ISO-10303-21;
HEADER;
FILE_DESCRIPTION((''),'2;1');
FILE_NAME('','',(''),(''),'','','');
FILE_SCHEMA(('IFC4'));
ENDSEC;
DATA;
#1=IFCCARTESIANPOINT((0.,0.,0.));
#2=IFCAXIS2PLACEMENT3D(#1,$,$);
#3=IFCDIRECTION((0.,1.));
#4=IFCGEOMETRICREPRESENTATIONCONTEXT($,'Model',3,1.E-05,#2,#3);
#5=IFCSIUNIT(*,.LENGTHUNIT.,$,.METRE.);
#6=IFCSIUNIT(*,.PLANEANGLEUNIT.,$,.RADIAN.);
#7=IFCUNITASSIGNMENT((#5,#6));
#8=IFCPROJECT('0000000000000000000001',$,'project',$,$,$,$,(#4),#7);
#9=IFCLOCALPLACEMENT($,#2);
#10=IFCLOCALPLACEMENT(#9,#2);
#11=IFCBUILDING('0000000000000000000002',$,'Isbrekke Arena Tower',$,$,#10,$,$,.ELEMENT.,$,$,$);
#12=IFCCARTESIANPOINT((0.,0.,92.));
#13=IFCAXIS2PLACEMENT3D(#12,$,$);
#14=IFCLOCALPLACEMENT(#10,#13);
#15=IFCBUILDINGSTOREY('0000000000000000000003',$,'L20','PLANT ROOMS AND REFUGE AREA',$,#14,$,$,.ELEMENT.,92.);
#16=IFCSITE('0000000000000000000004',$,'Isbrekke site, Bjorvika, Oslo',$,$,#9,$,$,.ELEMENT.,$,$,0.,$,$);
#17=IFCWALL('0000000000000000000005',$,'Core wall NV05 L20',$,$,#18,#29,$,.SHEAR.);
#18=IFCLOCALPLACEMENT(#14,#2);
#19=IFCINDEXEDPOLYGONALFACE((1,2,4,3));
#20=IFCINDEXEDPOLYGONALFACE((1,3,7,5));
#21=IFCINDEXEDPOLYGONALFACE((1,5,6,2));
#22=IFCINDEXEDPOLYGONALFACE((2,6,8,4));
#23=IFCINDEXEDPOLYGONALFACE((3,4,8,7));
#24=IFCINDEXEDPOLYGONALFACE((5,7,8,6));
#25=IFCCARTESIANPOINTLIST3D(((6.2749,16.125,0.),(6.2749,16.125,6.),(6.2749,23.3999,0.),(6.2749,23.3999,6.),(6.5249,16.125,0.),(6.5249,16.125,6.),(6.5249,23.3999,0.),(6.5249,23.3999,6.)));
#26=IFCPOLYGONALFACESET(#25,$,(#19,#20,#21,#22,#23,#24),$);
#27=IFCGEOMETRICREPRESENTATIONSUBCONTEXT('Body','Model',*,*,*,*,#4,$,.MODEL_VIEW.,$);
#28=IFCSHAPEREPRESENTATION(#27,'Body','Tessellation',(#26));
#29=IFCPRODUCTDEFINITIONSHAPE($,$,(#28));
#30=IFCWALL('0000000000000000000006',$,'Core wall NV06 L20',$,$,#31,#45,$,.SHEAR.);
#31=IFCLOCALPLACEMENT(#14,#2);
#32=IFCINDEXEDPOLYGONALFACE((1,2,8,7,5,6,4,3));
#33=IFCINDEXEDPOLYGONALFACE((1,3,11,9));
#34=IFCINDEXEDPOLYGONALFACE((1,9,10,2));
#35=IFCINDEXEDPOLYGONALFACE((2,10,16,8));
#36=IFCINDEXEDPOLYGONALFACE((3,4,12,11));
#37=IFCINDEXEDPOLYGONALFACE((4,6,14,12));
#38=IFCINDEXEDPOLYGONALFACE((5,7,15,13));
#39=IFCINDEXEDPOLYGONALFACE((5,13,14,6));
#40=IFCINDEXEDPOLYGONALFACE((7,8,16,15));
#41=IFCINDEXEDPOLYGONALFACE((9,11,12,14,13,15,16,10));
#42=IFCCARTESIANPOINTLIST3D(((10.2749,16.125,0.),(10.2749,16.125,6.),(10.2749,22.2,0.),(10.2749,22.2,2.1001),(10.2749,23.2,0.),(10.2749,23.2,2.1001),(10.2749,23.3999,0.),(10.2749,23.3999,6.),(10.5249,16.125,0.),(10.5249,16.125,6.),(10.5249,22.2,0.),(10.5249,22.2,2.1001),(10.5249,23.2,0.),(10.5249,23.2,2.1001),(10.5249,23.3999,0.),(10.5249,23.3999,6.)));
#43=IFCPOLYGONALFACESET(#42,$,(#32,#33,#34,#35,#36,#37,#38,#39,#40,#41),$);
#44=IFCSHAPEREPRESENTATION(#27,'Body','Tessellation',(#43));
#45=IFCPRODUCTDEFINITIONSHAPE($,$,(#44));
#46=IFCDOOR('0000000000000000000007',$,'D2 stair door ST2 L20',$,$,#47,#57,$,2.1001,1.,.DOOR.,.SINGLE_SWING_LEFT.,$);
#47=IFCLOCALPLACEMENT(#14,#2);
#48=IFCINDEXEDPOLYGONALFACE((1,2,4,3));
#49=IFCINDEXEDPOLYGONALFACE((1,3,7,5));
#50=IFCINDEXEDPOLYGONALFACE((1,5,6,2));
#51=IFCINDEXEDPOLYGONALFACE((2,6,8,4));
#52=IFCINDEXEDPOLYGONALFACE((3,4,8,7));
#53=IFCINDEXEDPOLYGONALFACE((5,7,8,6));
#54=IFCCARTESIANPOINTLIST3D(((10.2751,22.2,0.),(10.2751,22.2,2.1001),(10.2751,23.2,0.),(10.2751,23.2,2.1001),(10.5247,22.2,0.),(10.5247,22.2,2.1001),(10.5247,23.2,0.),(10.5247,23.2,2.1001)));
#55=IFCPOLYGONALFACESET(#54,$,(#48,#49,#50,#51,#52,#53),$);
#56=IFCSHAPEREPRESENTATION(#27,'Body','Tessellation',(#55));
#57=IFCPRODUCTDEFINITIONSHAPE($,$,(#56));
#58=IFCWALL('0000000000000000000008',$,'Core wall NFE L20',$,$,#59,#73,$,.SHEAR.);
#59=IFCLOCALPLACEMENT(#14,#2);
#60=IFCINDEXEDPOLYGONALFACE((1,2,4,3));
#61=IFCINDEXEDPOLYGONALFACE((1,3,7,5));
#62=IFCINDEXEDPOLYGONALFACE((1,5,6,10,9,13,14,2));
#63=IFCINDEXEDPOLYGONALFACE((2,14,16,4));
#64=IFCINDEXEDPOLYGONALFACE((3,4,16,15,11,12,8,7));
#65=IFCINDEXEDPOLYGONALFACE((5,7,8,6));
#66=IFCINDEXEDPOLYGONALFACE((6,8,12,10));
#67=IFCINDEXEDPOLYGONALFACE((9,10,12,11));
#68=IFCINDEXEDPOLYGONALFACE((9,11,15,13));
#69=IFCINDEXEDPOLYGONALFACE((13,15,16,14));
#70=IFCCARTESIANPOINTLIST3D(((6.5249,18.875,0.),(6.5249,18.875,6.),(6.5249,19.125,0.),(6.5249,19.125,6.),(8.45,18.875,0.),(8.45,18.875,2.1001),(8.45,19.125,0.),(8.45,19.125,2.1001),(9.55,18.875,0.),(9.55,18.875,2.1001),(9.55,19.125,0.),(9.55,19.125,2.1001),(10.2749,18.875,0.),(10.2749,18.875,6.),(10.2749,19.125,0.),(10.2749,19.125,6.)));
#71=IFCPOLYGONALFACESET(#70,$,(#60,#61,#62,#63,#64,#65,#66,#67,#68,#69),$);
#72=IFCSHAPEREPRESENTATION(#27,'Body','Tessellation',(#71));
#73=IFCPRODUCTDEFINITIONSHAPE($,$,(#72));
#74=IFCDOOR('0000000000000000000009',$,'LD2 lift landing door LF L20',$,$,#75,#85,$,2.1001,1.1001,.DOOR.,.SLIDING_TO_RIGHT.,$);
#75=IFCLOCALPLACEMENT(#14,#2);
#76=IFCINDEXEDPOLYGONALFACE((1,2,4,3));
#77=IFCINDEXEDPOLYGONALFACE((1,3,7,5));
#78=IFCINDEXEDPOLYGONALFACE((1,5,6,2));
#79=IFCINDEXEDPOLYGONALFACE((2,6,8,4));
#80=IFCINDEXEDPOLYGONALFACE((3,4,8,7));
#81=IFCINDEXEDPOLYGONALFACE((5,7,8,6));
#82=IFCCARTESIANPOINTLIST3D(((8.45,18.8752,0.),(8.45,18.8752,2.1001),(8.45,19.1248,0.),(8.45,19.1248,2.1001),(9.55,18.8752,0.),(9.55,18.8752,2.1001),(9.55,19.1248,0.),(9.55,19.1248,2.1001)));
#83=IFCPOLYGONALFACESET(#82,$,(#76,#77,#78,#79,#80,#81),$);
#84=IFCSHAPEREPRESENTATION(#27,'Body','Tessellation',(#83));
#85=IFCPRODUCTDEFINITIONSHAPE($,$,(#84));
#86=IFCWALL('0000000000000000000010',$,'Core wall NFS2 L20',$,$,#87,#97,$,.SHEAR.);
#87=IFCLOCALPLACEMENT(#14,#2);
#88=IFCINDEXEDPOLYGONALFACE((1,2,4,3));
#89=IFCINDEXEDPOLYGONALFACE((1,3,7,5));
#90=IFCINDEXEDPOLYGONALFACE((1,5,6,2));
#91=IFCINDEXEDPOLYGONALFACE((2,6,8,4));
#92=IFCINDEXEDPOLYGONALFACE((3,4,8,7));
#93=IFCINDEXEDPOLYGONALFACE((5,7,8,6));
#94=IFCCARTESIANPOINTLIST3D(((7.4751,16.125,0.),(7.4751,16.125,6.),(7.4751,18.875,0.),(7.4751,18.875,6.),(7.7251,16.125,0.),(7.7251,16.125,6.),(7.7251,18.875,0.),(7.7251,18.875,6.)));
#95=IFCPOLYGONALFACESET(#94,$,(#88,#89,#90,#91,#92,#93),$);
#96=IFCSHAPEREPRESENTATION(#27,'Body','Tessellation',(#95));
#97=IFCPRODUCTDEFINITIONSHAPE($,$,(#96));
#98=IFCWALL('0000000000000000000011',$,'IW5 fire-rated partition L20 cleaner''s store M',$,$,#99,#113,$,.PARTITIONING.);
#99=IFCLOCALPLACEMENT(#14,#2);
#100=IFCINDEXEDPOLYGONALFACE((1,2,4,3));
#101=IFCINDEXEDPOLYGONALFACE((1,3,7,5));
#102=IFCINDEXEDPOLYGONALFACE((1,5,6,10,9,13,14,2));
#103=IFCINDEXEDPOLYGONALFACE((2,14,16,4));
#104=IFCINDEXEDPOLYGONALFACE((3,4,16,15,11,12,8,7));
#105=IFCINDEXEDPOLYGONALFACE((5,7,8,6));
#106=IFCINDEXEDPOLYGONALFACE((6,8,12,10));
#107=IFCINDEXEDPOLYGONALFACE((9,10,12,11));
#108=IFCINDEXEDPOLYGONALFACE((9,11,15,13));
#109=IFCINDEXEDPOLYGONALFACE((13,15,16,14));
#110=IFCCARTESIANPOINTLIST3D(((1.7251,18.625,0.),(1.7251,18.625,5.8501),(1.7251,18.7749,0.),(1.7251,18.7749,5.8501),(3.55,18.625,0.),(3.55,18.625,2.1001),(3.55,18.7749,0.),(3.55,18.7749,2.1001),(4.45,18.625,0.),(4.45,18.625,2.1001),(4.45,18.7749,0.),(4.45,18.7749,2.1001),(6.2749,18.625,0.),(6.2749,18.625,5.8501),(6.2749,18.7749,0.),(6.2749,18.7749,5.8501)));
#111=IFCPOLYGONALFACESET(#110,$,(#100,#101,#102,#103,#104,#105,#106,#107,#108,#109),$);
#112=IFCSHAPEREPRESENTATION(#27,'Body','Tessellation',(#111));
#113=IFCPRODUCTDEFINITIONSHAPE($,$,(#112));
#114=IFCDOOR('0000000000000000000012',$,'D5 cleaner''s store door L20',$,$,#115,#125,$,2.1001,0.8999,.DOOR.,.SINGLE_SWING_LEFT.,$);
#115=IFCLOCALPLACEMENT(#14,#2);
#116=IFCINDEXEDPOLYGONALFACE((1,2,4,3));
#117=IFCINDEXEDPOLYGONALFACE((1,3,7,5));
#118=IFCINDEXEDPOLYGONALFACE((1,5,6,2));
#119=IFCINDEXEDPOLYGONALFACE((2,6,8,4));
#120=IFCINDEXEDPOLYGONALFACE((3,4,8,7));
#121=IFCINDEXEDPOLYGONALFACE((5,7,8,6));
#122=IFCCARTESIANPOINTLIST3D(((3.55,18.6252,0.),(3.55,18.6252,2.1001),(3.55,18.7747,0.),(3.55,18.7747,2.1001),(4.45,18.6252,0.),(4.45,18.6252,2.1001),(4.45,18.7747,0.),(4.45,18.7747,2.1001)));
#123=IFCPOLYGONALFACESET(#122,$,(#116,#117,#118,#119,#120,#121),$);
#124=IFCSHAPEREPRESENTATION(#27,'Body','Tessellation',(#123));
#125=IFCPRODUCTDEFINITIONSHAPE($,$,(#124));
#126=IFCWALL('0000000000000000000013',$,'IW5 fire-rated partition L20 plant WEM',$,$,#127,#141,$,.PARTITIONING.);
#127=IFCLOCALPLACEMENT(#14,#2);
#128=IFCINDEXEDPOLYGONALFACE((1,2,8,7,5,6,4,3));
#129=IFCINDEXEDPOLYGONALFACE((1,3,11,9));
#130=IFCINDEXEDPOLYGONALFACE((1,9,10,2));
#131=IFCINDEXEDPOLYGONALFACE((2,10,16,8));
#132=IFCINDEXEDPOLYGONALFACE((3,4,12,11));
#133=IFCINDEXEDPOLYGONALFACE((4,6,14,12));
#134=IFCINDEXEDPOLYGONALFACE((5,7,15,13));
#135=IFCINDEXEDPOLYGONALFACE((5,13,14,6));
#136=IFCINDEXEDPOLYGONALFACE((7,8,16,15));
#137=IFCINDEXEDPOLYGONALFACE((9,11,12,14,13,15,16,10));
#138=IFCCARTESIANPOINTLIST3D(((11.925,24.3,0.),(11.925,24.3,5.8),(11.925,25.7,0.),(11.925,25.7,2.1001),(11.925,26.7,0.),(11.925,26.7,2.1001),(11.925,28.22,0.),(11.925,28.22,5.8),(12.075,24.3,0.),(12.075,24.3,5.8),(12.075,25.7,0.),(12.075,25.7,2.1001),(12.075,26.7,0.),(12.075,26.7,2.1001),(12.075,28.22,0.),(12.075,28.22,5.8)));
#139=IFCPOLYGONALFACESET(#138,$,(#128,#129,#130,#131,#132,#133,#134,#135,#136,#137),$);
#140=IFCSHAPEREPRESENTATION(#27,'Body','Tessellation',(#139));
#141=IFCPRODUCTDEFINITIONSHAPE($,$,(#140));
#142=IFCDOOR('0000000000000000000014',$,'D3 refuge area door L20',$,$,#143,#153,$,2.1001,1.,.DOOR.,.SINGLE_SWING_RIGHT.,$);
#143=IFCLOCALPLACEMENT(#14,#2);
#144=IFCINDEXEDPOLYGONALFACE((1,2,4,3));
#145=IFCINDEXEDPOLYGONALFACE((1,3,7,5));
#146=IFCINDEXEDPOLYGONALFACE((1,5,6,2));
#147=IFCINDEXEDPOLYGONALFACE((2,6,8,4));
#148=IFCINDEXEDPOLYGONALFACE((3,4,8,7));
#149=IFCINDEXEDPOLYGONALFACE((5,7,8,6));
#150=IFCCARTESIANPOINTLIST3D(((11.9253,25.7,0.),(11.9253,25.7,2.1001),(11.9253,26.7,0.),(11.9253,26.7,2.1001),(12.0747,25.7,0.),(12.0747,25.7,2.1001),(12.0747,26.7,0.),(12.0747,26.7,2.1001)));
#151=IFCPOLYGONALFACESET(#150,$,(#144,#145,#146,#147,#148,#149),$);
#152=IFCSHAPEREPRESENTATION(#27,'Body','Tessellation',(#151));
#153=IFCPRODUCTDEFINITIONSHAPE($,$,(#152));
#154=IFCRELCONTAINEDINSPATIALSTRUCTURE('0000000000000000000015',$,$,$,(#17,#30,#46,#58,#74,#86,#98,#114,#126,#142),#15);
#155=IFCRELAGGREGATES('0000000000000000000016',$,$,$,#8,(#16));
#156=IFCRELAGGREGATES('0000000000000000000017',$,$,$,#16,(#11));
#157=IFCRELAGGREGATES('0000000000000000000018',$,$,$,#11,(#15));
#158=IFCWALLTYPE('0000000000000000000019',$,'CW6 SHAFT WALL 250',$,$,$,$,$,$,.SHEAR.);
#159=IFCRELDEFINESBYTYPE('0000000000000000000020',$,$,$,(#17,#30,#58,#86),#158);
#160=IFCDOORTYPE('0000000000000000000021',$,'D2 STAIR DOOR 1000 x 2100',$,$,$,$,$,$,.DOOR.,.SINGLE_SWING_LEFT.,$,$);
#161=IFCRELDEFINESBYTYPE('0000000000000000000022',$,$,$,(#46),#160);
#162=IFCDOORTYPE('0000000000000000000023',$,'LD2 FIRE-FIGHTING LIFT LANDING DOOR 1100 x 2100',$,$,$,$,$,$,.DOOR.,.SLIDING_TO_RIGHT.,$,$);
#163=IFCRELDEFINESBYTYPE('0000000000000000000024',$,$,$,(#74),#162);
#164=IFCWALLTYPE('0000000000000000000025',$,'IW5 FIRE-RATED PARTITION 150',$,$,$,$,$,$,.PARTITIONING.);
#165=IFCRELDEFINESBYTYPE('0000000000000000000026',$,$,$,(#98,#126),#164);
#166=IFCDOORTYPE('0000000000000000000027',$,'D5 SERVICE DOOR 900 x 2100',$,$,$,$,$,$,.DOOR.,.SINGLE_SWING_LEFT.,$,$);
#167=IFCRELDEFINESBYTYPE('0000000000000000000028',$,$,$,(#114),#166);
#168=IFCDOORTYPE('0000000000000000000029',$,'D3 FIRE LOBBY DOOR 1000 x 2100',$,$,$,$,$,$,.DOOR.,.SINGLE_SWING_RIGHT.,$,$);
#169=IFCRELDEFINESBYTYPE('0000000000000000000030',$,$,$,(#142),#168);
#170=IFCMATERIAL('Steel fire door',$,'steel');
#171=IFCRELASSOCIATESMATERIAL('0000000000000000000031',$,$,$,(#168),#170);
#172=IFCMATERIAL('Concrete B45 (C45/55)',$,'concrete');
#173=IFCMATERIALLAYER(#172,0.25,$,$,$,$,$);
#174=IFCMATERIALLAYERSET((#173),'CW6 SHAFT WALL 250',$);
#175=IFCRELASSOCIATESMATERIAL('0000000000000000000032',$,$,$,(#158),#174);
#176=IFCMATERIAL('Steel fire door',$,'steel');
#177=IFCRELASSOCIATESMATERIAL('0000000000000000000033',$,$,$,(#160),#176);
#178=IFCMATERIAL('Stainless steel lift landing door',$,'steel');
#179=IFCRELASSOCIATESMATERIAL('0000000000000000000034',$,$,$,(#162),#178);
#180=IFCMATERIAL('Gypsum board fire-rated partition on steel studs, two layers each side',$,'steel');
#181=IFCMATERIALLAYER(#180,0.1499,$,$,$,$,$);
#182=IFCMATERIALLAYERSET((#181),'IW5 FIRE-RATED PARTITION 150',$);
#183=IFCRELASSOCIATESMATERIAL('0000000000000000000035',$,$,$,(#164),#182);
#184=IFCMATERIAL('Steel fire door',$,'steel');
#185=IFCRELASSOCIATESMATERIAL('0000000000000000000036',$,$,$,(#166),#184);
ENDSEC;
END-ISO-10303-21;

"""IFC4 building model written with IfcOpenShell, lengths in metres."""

from ifc_helpers import new_model, si_unit, direction, frame, frame_2d, origin, place, context, subcontext, project, spatial, rectangle, extrude, material, layer, layer_set, type_object, element, fill, save


model = new_model("IFC4")

# Units and contexts
model_context = context("Model", 3, precision=1e-05, world=origin(), true_north=direction((0.0, 1.0)))
body_context = subcontext(model_context, "Body", "Model", "MODEL_VIEW")
ifc_project = project(units=[si_unit("LENGTHUNIT", "METRE"), si_unit("PLANEANGLEUNIT", "RADIAN")], contexts=[model_context])

# Site, building, storey
site_placement = place(None, origin())
site = spatial("IfcSite", under=ifc_project, at=site_placement, Name="Isbrekke site, Bjorvika, Oslo", CompositionType="ELEMENT", RefElevation=0.0)
building_placement = place(site_placement, origin())
building = spatial("IfcBuilding", under=site, at=building_placement, Name="Isbrekke Arena Tower", CompositionType="ELEMENT")
storey_placement = place(building_placement, frame((0.0, 0.0, 92.0)))
storey = spatial("IfcBuildingStorey", under=building, at=storey_placement, Name="L20", Description="PLANT ROOMS AND REFUGE AREA", CompositionType="ELEMENT", Elevation=92.0)

# Shared definitions
ifc_material_1 = material(Name="Steel fire door", Category="steel")
door_type_1 = type_object("IfcDoorType", Name="D3 FIRE LOBBY DOOR 1000 x 2100", OperationType="SINGLE_SWING_RIGHT", PredefinedType="DOOR", material=ifc_material_1)

# Wall
ifc_material_2 = material(Name="Concrete B45 (C45/55)", Category="concrete")
ifc_layer_1 = layer(ifc_material_2, 0.25)
ifc_layer_set_1 = layer_set([ifc_layer_1], Name="CW6 SHAFT WALL 250")
wall_type_1 = type_object("IfcWallType", Name="CW6 SHAFT WALL 250", PredefinedType="SHEAR", material=ifc_layer_set_1)
for number, where, z_axis, x_axis, name in (
    (1, (6.3999, 16.125, 0.0), (0.0, 0.0, 1.0), (0.0, 1.0, 0.0), "Core wall NV05 L20"),
):
    element("IfcWall", number, at=place(storey_placement, frame(where, z_axis=z_axis, x_axis=x_axis)), inside=storey, type_object=wall_type_1, Name=name, PredefinedType="SHEAR", context=body_context, shape_type="SweptSolid", body=[
        extrude(rectangle(XDim=7.2749, YDim=0.25, at=frame_2d((3.6375, 0.0))), origin(), (0.0, 0.0, 1.0), 6.0),
    ])

# Walls, openings, doors
wall_1_placement = place(storey_placement, frame((10.3999, 16.125, 0.0), z_axis=(0.0, 0.0, 1.0), x_axis=(0.0, 1.0, 0.0)))
wall_1 = element("IfcWall", 2, at=wall_1_placement, inside=storey, type_object=wall_type_1, Name="Core wall NV06 L20", PredefinedType="SHEAR", context=body_context, shape_type="SweptSolid", body=[
    extrude(rectangle(XDim=7.2749, YDim=0.25, at=frame_2d((3.6375, 0.0))), origin(), (0.0, 0.0, 1.0), 6.0),
])
opening_1_placement = place(wall_1_placement, frame((6.075, 0.0, 0.0)))
opening_1 = element("IfcOpeningElement", 3, at=opening_1_placement, cuts=wall_1, PredefinedType="OPENING", context=body_context, shape_type="SweptSolid", body=[
    extrude(rectangle(XDim=1.0, YDim=2.1001, at=frame_2d((0.5, 1.05))), frame((0.0, 0.1399, 0.0), z_axis=(0.0, -1.0, 0.0), x_axis=(1.0, 0.0, 0.0)), (0.0, 0.0, 1.0), 0.2798),
])
ifc_material_3 = material(Name="Steel fire door", Category="steel")
door_type_2 = type_object("IfcDoorType", Name="D2 STAIR DOOR 1000 x 2100", OperationType="SINGLE_SWING_LEFT", PredefinedType="DOOR", material=ifc_material_3)
door_1_placement = place(opening_1_placement, origin())
door_1 = element("IfcDoor", 4, at=door_1_placement, inside=storey, type_object=door_type_2, Name="D2 stair door ST2 L20", OperationType="SINGLE_SWING_LEFT", OverallHeight=2.1001, OverallWidth=1.0, PredefinedType="DOOR", context=body_context, shape_type="SweptSolid", body=[
    extrude(rectangle(XDim=1.0, YDim=2.1001, at=frame_2d((0.5, 1.05))), frame((0.0, 0.1248, 0.0), z_axis=(0.0, -1.0, 0.0), x_axis=(1.0, 0.0, 0.0)), (0.0, 0.0, 1.0), 0.2495),
])
fill(opening_1, door_1)
wall_2_placement = place(storey_placement, frame((6.5249, 19.0, 0.0), z_axis=(0.0, 0.0, 1.0), x_axis=(1.0, 0.0, 0.0)))
wall_2 = element("IfcWall", 5, at=wall_2_placement, inside=storey, type_object=wall_type_1, Name="Core wall NFE L20", PredefinedType="SHEAR", context=body_context, shape_type="SweptSolid", body=[
    extrude(rectangle(XDim=3.75, YDim=0.25, at=frame_2d((1.875, 0.0))), origin(), (0.0, 0.0, 1.0), 6.0),
])
opening_2_placement = place(wall_2_placement, frame((1.925, 0.0, 0.0)))
opening_2 = element("IfcOpeningElement", 6, at=opening_2_placement, cuts=wall_2, PredefinedType="OPENING", context=body_context, shape_type="SweptSolid", body=[
    extrude(rectangle(XDim=1.1001, YDim=2.1001, at=frame_2d((0.55, 1.05))), frame((0.0, 0.1399, 0.0), z_axis=(0.0, -1.0, 0.0), x_axis=(1.0, 0.0, 0.0)), (0.0, 0.0, 1.0), 0.2798),
])
ifc_material_4 = material(Name="Stainless steel lift landing door", Category="steel")
door_type_3 = type_object("IfcDoorType", Name="LD2 FIRE-FIGHTING LIFT LANDING DOOR 1100 x 2100", OperationType="SLIDING_TO_RIGHT", PredefinedType="DOOR", material=ifc_material_4)
door_2_placement = place(opening_2_placement, origin())
door_2 = element("IfcDoor", 7, at=door_2_placement, inside=storey, type_object=door_type_3, Name="LD2 lift landing door LF L20", OperationType="SLIDING_TO_RIGHT", OverallHeight=2.1001, OverallWidth=1.1001, PredefinedType="DOOR", context=body_context, shape_type="SweptSolid", body=[
    extrude(rectangle(XDim=1.1001, YDim=2.1001, at=frame_2d((0.55, 1.05))), frame((0.0, 0.1248, 0.0), z_axis=(0.0, -1.0, 0.0), x_axis=(1.0, 0.0, 0.0)), (0.0, 0.0, 1.0), 0.2495),
])
fill(opening_2, door_2)

# Wall
wall_3_placement = place(storey_placement, frame((7.6001, 16.125, 0.0), z_axis=(0.0, 0.0, 1.0), x_axis=(0.0, 1.0, 0.0)))
element("IfcWall", 8, at=wall_3_placement, inside=storey, type_object=wall_type_1, Name="Core wall NFS2 L20", PredefinedType="SHEAR", context=body_context, shape_type="SweptSolid", body=[
    extrude(rectangle(XDim=2.75, YDim=0.25, at=frame_2d((1.375, 0.0))), origin(), (0.0, 0.0, 1.0), 6.0),
])

# Walls, openings, doors
ifc_material_5 = material(Name="Gypsum board fire-rated partition on steel studs, two layers each side", Category="steel")
ifc_layer_2 = layer(ifc_material_5, 0.1499)
ifc_layer_set_2 = layer_set([ifc_layer_2], Name="IW5 FIRE-RATED PARTITION 150")
wall_type_2 = type_object("IfcWallType", Name="IW5 FIRE-RATED PARTITION 150", PredefinedType="PARTITIONING", material=ifc_layer_set_2)
wall_4_placement = place(storey_placement, frame((1.7251, 18.7, 0.0), z_axis=(0.0, 0.0, 1.0), x_axis=(1.0, 0.0, 0.0)))
wall_4 = element("IfcWall", 9, at=wall_4_placement, inside=storey, type_object=wall_type_2, Name="IW5 fire-rated partition L20 cleaner's store M", PredefinedType="PARTITIONING", context=body_context, shape_type="SweptSolid", body=[
    extrude(rectangle(XDim=4.5498, YDim=0.1499, at=frame_2d((2.2749, 0.0))), origin(), (0.0, 0.0, 1.0), 5.8501),
])
opening_3_placement = place(wall_4_placement, frame((1.825, 0.0, 0.0)))
opening_3 = element("IfcOpeningElement", 10, at=opening_3_placement, cuts=wall_4, PredefinedType="OPENING", context=body_context, shape_type="SweptSolid", body=[
    extrude(rectangle(XDim=0.8999, YDim=2.1001, at=frame_2d((0.45, 1.05))), frame((0.0, 0.0898, 0.0), z_axis=(0.0, -1.0, 0.0), x_axis=(1.0, 0.0, 0.0)), (0.0, 0.0, 1.0), 0.1797),
])
ifc_material_6 = material(Name="Steel fire door", Category="steel")
door_type_4 = type_object("IfcDoorType", Name="D5 SERVICE DOOR 900 x 2100", OperationType="SINGLE_SWING_LEFT", PredefinedType="DOOR", material=ifc_material_6)
door_3_placement = place(opening_3_placement, origin())
door_3 = element("IfcDoor", 11, at=door_3_placement, inside=storey, type_object=door_type_4, Name="D5 cleaner's store door L20", OperationType="SINGLE_SWING_LEFT", OverallHeight=2.1001, OverallWidth=0.8999, PredefinedType="DOOR", context=body_context, shape_type="SweptSolid", body=[
    extrude(rectangle(XDim=0.8999, YDim=2.1001, at=frame_2d((0.45, 1.05))), frame((0.0, 0.0747, 0.0), z_axis=(0.0, -1.0, 0.0), x_axis=(1.0, 0.0, 0.0)), (0.0, 0.0, 1.0), 0.1494),
])
fill(opening_3, door_3)
wall_5_placement = place(storey_placement, frame((12.0, 24.3, 0.0), z_axis=(0.0, 0.0, 1.0), x_axis=(0.0, 1.0, 0.0)))
wall_5 = element("IfcWall", 12, at=wall_5_placement, inside=storey, type_object=wall_type_2, Name="IW5 fire-rated partition L20 plant WEM", PredefinedType="PARTITIONING", context=body_context, shape_type="SweptSolid", body=[
    extrude(rectangle(XDim=3.9199, YDim=0.1499, at=frame_2d((1.96, 0.0))), origin(), (0.0, 0.0, 1.0), 5.8),
])
opening_4_placement = place(wall_5_placement, frame((1.3999, 0.0, 0.0)))
opening_4 = element("IfcOpeningElement", 13, at=opening_4_placement, cuts=wall_5, PredefinedType="OPENING", context=body_context, shape_type="SweptSolid", body=[
    extrude(rectangle(XDim=1.0, YDim=2.1001, at=frame_2d((0.5, 1.05))), frame((0.0, 0.0898, 0.0), z_axis=(0.0, -1.0, 0.0), x_axis=(1.0, 0.0, 0.0)), (0.0, 0.0, 1.0), 0.1797),
])
door_4_placement = place(opening_4_placement, origin())
door_4 = element("IfcDoor", 14, at=door_4_placement, inside=storey, type_object=door_type_1, Name="D3 refuge area door L20", OperationType="SINGLE_SWING_RIGHT", OverallHeight=2.1001, OverallWidth=1.0, PredefinedType="DOOR", context=body_context, shape_type="SweptSolid", body=[
    extrude(rectangle(XDim=1.0, YDim=2.1001, at=frame_2d((0.5, 1.05))), frame((0.0, 0.0747, 0.0), z_axis=(0.0, -1.0, 0.0), x_axis=(1.0, 0.0, 0.0)), (0.0, 0.0, 1.0), 0.1494),
])
fill(opening_4, door_4)

save(model, "model.ifc")
